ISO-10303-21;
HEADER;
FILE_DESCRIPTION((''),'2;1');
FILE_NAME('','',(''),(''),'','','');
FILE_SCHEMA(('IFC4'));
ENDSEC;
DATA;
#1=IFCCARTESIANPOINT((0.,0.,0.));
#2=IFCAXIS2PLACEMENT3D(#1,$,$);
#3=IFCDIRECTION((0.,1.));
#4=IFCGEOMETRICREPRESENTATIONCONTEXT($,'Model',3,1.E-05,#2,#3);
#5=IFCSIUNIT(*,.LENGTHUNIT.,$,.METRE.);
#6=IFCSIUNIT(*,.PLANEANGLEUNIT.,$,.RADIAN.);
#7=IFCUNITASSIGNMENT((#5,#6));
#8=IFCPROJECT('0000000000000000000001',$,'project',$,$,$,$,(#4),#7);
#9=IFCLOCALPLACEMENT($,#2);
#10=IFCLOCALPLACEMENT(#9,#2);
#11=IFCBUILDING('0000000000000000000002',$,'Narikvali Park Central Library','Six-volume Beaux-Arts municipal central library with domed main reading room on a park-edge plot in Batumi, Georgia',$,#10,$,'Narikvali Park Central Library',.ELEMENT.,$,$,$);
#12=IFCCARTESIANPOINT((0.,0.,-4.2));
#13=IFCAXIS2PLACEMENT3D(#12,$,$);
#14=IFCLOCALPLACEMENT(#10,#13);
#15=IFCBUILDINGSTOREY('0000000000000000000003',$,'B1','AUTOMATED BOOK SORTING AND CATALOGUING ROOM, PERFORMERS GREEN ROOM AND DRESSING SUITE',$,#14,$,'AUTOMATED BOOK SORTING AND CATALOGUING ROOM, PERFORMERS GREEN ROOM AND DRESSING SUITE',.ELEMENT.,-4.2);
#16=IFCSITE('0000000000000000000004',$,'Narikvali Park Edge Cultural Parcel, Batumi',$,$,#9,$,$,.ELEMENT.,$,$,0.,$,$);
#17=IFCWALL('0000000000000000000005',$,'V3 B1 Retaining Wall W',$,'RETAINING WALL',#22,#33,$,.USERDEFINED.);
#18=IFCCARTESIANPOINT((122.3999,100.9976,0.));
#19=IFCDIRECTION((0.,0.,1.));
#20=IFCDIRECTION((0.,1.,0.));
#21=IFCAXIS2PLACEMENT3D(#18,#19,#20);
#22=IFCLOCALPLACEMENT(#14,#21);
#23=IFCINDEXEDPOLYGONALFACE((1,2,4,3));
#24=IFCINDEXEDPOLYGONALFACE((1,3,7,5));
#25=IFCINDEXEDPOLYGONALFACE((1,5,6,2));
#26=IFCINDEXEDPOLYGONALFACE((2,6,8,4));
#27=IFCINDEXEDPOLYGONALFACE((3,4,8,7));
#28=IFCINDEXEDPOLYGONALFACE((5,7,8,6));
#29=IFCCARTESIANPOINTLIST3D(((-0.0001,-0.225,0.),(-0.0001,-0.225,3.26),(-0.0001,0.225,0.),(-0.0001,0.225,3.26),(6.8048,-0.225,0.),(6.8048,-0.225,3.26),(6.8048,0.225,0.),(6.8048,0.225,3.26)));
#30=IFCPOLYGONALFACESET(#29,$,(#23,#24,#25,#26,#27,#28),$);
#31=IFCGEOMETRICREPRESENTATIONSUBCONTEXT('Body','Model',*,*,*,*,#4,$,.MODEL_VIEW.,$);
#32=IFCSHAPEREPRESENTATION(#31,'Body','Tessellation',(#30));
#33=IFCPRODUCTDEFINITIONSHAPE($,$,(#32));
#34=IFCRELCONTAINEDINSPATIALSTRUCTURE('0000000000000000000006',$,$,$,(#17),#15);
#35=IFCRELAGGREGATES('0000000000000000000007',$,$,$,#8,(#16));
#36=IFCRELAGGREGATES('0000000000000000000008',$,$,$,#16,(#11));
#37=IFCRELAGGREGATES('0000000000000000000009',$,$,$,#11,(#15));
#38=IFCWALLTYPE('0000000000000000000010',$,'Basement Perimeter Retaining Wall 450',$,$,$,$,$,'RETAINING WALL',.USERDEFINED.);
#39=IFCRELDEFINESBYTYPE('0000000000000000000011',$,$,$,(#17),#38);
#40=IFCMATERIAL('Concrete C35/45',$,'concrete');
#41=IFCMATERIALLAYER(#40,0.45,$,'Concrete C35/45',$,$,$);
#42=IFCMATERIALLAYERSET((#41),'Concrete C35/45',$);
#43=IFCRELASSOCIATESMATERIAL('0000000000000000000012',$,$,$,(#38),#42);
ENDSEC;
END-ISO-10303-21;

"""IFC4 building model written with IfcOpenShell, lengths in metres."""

from ifc_helpers import new_model, si_unit, direction, frame, frame_2d, origin, place, context, subcontext, project, spatial, rectangle, extrude, material, layer, layer_set, type_object, element, save


model = new_model("IFC4")

# Units and contexts
model_context = context("Model", 3, precision=1e-05, world=origin(), true_north=direction((0.0, 1.0)))
body_context = subcontext(model_context, "Body", "Model", "MODEL_VIEW")
ifc_project = project(units=[si_unit("LENGTHUNIT", "METRE"), si_unit("PLANEANGLEUNIT", "RADIAN")], contexts=[model_context])

# Site, building, storey
site_placement = place(None, origin())
site = spatial("IfcSite", under=ifc_project, at=site_placement, Name="Narikvali Park Edge Cultural Parcel, Batumi", CompositionType="ELEMENT", RefElevation=0.0)
building_placement = place(site_placement, origin())
building = spatial("IfcBuilding", under=site, at=building_placement, Name="Narikvali Park Central Library", Description="Six-volume Beaux-Arts municipal central library with domed main reading room on a park-edge plot in Batumi, Georgia", LongName="Narikvali Park Central Library", CompositionType="ELEMENT")
storey_placement = place(building_placement, frame((0.0, 0.0, -4.2)))
storey = spatial("IfcBuildingStorey", under=building, at=storey_placement, Name="B1", Description="AUTOMATED BOOK SORTING AND CATALOGUING ROOM, PERFORMERS GREEN ROOM AND DRESSING SUITE", LongName="AUTOMATED BOOK SORTING AND CATALOGUING ROOM, PERFORMERS GREEN ROOM AND DRESSING SUITE", CompositionType="ELEMENT", Elevation=-4.2)

# Shared definitions
ifc_material_1 = material(Name="Concrete C35/45", Category="concrete")

# Wall
ifc_layer_1 = layer(ifc_material_1, 0.45, Name="Concrete C35/45")
ifc_layer_set_1 = layer_set([ifc_layer_1], Name="Concrete C35/45")
wall_type_1 = type_object("IfcWallType", Name="Basement Perimeter Retaining Wall 450", ElementType="RETAINING WALL", PredefinedType="USERDEFINED", material=ifc_layer_set_1)
for number, where, z_axis, x_axis, name in (
    (1, (122.3999, 100.9976, 0.0), (0.0, 0.0, 1.0), (0.0, 1.0, 0.0), "V3 B1 Retaining Wall W"),
):
    element("IfcWall", number, at=place(storey_placement, frame(where, z_axis=z_axis, x_axis=x_axis)), inside=storey, type_object=wall_type_1, Name=name, ObjectType="RETAINING WALL", PredefinedType="USERDEFINED", context=body_context, shape_type="SweptSolid", body=[
        extrude(rectangle(XDim=6.8049, YDim=0.45, at=frame_2d((3.4023, 0.0))), origin(), (0.0, 0.0, 1.0), 3.26),
    ])

save(model, "model.ifc")
